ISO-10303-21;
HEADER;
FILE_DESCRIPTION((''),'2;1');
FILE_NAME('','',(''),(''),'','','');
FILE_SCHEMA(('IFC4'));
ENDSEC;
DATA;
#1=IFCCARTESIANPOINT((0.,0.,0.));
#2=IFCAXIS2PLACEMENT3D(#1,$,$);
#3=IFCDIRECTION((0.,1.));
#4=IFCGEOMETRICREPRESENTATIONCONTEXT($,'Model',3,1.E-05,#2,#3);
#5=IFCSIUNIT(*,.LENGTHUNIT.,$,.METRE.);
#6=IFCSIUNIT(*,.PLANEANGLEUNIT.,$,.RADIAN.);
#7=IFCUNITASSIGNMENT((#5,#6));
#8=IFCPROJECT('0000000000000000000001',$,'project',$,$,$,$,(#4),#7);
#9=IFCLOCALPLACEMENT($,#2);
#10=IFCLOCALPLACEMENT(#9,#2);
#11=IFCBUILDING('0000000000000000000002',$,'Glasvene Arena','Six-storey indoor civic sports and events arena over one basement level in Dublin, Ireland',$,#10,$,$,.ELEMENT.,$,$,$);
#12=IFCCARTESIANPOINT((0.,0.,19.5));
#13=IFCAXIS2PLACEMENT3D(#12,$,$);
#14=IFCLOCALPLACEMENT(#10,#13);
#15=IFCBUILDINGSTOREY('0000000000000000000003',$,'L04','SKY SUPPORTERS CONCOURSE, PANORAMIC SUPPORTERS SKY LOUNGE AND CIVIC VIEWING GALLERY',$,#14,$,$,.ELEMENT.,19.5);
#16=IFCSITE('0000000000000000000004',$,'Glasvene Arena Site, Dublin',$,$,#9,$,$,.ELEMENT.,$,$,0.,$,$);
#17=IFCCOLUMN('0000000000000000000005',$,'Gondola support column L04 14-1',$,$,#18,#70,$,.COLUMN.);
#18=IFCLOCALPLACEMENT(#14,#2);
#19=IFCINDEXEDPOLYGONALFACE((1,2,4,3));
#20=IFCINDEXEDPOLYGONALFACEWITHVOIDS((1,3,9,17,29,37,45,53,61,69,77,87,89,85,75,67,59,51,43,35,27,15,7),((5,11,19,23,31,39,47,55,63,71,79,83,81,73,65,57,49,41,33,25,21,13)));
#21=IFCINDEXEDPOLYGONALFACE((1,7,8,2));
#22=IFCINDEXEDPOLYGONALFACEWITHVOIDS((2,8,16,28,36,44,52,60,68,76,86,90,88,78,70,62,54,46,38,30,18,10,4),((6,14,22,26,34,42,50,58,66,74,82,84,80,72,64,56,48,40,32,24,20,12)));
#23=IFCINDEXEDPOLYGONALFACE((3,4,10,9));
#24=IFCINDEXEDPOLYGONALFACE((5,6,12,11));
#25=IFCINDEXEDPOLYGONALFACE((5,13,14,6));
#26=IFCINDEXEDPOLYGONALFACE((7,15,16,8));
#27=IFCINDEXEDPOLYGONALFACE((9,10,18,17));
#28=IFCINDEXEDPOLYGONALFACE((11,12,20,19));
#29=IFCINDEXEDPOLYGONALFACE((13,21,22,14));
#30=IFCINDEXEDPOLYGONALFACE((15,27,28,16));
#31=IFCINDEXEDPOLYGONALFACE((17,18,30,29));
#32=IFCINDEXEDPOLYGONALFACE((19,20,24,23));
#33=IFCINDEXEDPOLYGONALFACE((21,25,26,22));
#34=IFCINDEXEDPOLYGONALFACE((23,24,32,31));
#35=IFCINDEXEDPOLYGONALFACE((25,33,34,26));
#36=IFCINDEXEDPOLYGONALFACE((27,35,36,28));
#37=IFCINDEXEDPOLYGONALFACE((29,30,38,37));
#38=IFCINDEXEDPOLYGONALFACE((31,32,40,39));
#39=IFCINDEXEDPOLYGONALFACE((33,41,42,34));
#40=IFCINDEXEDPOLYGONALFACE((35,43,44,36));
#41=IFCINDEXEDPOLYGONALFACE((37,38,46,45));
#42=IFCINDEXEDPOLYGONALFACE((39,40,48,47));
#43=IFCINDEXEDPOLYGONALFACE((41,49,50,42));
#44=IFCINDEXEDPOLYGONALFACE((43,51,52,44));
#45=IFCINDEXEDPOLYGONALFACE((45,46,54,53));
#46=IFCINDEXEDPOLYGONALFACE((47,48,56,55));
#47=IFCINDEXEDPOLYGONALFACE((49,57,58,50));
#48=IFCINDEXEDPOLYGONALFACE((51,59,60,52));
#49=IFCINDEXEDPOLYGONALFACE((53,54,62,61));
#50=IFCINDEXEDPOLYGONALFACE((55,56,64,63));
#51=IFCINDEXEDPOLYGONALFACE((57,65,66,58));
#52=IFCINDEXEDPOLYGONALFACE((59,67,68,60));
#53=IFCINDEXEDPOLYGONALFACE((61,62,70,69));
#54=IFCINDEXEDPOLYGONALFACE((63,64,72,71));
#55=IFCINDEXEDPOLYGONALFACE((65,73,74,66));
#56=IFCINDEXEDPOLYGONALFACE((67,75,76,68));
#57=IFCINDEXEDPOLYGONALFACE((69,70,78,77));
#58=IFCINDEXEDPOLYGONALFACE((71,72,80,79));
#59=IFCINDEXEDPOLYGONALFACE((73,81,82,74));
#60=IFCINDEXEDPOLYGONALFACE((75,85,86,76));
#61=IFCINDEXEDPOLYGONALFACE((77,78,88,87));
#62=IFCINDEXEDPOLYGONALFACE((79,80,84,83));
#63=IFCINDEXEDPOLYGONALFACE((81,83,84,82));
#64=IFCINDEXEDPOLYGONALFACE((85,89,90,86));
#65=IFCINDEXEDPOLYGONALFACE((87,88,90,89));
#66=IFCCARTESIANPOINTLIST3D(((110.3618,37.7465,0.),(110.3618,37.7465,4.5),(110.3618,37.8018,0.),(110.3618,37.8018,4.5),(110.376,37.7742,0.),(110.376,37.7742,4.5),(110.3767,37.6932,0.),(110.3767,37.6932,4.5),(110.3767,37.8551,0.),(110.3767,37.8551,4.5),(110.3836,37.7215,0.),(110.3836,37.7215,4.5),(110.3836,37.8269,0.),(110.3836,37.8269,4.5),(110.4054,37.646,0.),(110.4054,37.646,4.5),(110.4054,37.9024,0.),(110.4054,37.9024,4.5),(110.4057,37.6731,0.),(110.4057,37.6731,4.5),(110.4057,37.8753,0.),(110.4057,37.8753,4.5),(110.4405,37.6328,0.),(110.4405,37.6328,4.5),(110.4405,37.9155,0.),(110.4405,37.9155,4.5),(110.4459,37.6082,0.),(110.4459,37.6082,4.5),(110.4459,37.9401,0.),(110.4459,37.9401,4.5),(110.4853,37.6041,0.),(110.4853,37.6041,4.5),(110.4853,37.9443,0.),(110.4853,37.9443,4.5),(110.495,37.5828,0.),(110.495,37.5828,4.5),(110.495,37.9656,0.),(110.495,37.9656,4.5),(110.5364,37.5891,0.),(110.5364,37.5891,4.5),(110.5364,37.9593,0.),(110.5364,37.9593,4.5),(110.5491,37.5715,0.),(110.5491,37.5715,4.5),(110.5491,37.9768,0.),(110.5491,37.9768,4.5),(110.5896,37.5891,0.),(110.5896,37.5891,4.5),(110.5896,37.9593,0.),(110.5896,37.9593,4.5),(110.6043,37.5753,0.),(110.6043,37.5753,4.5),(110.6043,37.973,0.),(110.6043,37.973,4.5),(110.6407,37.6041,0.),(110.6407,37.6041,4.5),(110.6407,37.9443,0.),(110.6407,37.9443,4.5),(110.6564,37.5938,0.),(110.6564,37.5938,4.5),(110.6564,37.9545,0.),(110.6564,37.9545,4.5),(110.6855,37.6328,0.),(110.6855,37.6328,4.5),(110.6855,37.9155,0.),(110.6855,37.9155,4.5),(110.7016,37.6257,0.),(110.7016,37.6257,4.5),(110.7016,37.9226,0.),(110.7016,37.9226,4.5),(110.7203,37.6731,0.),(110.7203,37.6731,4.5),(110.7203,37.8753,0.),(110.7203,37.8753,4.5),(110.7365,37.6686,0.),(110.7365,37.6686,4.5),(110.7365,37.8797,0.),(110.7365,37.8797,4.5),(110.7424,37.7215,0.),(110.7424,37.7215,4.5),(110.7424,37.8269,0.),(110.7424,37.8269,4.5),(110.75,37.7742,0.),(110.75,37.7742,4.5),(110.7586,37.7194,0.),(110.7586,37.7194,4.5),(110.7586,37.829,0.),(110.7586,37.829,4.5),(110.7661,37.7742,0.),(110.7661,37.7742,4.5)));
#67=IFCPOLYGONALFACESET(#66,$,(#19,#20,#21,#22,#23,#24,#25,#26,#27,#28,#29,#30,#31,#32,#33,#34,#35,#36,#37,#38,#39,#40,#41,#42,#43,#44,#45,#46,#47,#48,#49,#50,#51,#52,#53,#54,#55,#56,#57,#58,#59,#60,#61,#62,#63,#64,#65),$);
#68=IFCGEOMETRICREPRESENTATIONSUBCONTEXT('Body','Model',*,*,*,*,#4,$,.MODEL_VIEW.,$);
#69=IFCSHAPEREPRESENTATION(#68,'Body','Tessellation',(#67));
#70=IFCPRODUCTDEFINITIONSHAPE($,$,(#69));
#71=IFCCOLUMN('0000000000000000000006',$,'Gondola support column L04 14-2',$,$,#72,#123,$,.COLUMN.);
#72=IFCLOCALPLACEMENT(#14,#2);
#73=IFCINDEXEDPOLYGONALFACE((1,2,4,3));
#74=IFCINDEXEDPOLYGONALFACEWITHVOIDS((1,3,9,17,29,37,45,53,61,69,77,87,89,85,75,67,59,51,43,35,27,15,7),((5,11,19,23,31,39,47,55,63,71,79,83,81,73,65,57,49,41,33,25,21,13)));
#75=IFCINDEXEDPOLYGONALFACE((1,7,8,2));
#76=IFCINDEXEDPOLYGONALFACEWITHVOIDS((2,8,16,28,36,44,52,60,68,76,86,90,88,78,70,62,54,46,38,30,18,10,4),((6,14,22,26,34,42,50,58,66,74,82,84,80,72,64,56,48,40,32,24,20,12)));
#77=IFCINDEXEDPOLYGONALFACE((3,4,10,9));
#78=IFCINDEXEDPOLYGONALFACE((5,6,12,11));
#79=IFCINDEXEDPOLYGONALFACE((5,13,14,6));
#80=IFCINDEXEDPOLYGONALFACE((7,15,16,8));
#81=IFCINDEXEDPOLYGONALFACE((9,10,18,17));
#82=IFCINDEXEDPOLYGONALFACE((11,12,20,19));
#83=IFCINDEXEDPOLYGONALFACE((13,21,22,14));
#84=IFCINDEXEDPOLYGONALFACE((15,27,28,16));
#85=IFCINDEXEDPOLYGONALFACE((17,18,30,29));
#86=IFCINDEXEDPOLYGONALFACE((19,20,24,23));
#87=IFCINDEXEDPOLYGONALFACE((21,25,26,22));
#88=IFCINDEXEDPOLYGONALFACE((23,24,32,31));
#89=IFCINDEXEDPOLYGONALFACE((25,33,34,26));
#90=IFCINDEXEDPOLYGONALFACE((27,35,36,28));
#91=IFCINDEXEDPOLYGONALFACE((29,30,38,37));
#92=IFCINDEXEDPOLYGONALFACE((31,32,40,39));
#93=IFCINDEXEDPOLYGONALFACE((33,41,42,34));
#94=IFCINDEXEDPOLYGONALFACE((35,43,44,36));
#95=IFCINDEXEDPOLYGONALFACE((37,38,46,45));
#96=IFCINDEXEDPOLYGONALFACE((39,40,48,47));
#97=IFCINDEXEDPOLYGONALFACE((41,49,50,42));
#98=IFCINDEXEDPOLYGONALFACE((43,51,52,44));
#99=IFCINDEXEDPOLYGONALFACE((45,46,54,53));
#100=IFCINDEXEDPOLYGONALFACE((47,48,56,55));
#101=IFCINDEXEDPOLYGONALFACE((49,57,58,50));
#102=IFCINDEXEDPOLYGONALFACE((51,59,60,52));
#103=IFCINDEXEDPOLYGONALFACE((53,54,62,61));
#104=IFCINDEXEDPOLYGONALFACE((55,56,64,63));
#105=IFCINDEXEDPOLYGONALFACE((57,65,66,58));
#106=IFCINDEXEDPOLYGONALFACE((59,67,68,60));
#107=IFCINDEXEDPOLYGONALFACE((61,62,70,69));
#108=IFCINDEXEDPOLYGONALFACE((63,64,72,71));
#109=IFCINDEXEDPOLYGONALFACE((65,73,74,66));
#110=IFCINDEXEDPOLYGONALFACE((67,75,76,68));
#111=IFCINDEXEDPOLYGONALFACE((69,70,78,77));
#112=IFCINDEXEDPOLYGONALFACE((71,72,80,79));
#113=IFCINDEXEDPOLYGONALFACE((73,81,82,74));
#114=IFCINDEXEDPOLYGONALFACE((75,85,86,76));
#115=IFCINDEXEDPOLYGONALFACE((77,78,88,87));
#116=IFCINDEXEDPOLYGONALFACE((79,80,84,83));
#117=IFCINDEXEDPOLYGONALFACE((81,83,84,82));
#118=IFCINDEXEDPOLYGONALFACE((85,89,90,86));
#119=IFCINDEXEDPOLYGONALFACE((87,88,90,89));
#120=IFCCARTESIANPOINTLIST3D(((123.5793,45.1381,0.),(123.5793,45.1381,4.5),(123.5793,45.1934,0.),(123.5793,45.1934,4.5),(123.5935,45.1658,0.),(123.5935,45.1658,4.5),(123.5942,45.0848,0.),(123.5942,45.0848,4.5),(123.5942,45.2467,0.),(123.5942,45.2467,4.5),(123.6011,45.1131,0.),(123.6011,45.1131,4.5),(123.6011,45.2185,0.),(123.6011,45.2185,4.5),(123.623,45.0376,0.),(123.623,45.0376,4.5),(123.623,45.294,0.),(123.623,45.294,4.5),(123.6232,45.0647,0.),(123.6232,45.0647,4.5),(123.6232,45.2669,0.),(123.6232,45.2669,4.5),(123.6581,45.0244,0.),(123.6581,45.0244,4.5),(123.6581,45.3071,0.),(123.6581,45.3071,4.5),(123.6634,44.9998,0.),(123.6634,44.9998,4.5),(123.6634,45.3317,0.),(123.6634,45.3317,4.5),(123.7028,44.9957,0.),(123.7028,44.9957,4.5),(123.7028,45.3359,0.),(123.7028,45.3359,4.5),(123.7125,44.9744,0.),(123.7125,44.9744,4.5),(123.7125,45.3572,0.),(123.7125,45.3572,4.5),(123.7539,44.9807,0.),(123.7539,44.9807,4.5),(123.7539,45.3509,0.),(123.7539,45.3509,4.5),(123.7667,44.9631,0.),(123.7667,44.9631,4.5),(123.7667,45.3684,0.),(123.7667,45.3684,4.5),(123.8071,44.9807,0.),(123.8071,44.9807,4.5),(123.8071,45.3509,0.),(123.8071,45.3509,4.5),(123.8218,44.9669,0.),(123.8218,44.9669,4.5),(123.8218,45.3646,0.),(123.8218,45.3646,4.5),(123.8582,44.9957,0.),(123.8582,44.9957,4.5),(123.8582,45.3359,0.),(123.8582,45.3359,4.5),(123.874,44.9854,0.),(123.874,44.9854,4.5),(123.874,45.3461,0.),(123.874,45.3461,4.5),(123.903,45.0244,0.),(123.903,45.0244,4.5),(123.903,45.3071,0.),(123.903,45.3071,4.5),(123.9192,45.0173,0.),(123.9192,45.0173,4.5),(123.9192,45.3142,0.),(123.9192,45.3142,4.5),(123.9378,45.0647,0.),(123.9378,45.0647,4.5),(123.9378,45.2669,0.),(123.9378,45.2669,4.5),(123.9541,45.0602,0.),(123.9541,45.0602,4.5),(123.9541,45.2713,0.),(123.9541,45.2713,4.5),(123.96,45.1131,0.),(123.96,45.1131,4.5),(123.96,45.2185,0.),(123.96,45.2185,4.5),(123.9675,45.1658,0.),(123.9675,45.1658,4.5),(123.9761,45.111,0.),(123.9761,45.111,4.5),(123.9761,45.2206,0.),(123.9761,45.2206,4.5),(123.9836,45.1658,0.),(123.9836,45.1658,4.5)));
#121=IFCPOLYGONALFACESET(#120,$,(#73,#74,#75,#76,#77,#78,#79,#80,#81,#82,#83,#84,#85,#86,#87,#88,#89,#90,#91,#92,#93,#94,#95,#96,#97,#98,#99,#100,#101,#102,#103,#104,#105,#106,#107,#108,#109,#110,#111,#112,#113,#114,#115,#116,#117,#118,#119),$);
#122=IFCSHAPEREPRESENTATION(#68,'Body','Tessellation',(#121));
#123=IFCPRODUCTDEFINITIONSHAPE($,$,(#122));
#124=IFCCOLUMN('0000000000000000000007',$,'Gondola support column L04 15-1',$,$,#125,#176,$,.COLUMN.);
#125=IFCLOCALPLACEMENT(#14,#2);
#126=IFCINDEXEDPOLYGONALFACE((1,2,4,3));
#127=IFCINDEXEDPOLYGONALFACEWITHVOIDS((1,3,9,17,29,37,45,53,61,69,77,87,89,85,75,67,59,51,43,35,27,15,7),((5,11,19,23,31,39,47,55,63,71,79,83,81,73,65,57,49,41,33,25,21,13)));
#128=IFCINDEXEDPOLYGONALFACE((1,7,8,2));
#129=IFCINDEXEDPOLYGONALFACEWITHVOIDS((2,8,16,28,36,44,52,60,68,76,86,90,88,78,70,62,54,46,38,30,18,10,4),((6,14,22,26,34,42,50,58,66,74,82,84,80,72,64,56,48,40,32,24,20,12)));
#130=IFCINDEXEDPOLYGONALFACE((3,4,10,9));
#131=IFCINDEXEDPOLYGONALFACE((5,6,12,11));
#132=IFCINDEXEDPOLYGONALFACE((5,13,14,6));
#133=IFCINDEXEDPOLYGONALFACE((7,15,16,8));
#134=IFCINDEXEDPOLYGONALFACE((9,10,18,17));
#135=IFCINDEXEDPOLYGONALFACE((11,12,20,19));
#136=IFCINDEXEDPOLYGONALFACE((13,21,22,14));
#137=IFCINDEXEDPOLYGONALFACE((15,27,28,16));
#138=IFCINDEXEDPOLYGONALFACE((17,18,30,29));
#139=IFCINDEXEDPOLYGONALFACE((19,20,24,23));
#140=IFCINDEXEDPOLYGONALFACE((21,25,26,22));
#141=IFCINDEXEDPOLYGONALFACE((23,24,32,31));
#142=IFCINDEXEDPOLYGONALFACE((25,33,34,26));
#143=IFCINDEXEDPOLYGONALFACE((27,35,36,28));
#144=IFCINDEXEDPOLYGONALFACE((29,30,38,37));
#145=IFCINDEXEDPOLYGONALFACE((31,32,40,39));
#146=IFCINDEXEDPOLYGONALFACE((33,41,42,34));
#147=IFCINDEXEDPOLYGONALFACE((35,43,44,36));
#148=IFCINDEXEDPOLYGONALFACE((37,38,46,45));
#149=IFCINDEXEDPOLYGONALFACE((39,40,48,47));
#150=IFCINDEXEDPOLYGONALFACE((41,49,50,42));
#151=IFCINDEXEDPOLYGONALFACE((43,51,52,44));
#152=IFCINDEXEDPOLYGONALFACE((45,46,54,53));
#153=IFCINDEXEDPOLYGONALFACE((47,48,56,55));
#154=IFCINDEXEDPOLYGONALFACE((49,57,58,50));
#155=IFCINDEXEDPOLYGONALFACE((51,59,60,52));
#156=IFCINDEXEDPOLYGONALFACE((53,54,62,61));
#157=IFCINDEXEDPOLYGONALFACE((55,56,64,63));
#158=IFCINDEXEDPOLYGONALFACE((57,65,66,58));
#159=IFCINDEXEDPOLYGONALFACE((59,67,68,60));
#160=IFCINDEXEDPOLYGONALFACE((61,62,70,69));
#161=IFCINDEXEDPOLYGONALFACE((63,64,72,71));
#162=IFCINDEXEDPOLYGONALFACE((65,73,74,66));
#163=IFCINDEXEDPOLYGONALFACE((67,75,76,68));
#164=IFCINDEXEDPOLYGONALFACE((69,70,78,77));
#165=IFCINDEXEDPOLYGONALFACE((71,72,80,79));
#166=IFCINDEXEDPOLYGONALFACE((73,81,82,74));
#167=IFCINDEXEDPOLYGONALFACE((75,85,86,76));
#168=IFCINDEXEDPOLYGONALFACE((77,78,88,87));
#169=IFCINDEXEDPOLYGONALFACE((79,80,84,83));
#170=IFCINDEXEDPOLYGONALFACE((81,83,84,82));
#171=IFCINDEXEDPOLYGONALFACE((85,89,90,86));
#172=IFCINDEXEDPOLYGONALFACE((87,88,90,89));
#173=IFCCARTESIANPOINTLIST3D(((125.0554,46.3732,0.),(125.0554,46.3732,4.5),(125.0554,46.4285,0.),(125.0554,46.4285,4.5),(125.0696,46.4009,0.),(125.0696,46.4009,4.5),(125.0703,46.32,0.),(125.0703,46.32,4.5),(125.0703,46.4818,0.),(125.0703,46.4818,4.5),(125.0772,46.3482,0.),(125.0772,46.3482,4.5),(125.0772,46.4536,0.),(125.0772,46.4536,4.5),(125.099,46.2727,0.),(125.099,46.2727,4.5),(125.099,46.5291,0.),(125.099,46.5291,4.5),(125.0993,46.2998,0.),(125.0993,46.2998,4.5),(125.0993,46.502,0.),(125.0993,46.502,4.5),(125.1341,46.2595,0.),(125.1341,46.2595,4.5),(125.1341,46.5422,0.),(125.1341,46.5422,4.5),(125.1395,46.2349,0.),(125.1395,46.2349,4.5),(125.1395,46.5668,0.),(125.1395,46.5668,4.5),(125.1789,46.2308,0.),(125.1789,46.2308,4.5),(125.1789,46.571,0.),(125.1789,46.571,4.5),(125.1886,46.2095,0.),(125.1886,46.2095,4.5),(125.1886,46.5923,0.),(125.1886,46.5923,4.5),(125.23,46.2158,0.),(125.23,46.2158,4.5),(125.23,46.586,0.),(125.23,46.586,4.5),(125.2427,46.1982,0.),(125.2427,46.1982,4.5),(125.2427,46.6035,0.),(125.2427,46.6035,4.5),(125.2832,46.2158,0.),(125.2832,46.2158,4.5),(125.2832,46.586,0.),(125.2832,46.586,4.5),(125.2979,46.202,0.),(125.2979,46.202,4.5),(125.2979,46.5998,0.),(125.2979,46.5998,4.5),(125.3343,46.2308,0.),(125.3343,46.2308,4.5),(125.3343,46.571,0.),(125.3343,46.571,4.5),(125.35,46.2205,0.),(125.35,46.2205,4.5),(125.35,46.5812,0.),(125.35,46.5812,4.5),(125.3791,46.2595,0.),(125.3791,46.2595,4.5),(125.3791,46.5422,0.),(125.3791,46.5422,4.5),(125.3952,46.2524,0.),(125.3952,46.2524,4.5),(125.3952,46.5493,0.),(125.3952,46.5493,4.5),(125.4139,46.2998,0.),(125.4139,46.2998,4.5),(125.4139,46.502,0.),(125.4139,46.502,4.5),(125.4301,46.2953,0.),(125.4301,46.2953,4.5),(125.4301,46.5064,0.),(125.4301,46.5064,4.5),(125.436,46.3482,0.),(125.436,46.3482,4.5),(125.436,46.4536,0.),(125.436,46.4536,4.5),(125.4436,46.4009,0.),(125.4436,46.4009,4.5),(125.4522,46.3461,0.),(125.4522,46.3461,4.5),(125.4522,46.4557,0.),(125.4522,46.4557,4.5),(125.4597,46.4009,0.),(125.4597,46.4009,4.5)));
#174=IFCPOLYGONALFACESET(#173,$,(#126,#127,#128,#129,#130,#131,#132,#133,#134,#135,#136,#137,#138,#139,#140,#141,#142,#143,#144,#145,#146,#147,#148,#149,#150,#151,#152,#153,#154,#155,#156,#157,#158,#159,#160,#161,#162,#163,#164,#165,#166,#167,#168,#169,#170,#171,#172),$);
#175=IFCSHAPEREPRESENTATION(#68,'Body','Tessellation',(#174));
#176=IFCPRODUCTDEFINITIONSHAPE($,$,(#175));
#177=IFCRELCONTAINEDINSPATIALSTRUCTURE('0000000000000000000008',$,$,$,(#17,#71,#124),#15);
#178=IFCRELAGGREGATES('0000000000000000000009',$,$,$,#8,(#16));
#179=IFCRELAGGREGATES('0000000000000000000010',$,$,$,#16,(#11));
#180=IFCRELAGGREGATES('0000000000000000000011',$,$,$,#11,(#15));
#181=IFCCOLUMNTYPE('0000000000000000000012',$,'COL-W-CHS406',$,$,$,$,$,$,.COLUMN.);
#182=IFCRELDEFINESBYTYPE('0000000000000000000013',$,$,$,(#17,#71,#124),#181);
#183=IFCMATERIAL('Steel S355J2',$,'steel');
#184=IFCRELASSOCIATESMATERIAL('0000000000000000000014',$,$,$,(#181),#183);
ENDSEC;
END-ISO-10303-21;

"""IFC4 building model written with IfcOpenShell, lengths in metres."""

from ifc_helpers import new_model, si_unit, direction, frame, origin, origin_2d, place, context, subcontext, project, spatial, hollow_circle, extrude, material, material_profile, profile_set, type_object, element, save


model = new_model("IFC4")

# Units and contexts
model_context = context("Model", 3, precision=1e-05, world=origin(), true_north=direction((0.0, 1.0)))
body_context = subcontext(model_context, "Body", "Model", "MODEL_VIEW")
ifc_project = project(units=[si_unit("LENGTHUNIT", "METRE"), si_unit("PLANEANGLEUNIT", "RADIAN")], contexts=[model_context])

# Site, building, storey
site_placement = place(None, origin())
site = spatial("IfcSite", under=ifc_project, at=site_placement, Name="Glasvene Arena Site, Dublin", CompositionType="ELEMENT", RefElevation=0.0)
building_placement = place(site_placement, origin())
building = spatial("IfcBuilding", under=site, at=building_placement, Name="Glasvene Arena", Description="Six-storey indoor civic sports and events arena over one basement level in Dublin, Ireland", CompositionType="ELEMENT")
storey_placement = place(building_placement, frame((0.0, 0.0, 19.5)))
storey = spatial("IfcBuildingStorey", under=building, at=storey_placement, Name="L04", Description="SKY SUPPORTERS CONCOURSE, PANORAMIC SUPPORTERS SKY LOUNGE AND CIVIC VIEWING GALLERY", CompositionType="ELEMENT", Elevation=19.5)

# Columns
ifc_material_1 = material(Name="Steel S355J2", Category="steel")
ifc_material_profile_1 = material_profile(ifc_material_1, hollow_circle(Radius=0.2031, WallThickness=0.0161, at=origin_2d()), Name="CHS 406.4x16.0")
ifc_profile_set_1 = profile_set([ifc_material_profile_1], Name="Steel S355J2")
column_type = type_object("IfcColumnType", Name="COL-W-CHS406", PredefinedType="COLUMN", material=ifc_profile_set_1)
for number, where, z_axis, x_axis, name in (
    (1, (110.563, 37.7742, 0.0), (0.0, 0.0, 1.0), (1.0, 0.0, 0.0), "Gondola support column L04 14-1"),
    (2, (123.7805, 45.1658, 0.0), (0.0, 0.0, 1.0), (1.0, 0.0, 0.0), "Gondola support column L04 14-2"),
    (3, (125.2566, 46.4009, 0.0), (0.0, 0.0, 1.0), (1.0, 0.0, 0.0), "Gondola support column L04 15-1"),
):
    element("IfcColumn", number, at=place(storey_placement, frame(where, z_axis=z_axis, x_axis=x_axis)), inside=storey, type_object=column_type, Name=name, PredefinedType="COLUMN", context=body_context, shape_type="SweptSolid", body=[
        extrude(hollow_circle(Radius=0.2031, WallThickness=0.0161, at=origin_2d()), origin(), (0.0, 0.0, 1.0), 4.5),
    ])

save(model, "model.ifc")
